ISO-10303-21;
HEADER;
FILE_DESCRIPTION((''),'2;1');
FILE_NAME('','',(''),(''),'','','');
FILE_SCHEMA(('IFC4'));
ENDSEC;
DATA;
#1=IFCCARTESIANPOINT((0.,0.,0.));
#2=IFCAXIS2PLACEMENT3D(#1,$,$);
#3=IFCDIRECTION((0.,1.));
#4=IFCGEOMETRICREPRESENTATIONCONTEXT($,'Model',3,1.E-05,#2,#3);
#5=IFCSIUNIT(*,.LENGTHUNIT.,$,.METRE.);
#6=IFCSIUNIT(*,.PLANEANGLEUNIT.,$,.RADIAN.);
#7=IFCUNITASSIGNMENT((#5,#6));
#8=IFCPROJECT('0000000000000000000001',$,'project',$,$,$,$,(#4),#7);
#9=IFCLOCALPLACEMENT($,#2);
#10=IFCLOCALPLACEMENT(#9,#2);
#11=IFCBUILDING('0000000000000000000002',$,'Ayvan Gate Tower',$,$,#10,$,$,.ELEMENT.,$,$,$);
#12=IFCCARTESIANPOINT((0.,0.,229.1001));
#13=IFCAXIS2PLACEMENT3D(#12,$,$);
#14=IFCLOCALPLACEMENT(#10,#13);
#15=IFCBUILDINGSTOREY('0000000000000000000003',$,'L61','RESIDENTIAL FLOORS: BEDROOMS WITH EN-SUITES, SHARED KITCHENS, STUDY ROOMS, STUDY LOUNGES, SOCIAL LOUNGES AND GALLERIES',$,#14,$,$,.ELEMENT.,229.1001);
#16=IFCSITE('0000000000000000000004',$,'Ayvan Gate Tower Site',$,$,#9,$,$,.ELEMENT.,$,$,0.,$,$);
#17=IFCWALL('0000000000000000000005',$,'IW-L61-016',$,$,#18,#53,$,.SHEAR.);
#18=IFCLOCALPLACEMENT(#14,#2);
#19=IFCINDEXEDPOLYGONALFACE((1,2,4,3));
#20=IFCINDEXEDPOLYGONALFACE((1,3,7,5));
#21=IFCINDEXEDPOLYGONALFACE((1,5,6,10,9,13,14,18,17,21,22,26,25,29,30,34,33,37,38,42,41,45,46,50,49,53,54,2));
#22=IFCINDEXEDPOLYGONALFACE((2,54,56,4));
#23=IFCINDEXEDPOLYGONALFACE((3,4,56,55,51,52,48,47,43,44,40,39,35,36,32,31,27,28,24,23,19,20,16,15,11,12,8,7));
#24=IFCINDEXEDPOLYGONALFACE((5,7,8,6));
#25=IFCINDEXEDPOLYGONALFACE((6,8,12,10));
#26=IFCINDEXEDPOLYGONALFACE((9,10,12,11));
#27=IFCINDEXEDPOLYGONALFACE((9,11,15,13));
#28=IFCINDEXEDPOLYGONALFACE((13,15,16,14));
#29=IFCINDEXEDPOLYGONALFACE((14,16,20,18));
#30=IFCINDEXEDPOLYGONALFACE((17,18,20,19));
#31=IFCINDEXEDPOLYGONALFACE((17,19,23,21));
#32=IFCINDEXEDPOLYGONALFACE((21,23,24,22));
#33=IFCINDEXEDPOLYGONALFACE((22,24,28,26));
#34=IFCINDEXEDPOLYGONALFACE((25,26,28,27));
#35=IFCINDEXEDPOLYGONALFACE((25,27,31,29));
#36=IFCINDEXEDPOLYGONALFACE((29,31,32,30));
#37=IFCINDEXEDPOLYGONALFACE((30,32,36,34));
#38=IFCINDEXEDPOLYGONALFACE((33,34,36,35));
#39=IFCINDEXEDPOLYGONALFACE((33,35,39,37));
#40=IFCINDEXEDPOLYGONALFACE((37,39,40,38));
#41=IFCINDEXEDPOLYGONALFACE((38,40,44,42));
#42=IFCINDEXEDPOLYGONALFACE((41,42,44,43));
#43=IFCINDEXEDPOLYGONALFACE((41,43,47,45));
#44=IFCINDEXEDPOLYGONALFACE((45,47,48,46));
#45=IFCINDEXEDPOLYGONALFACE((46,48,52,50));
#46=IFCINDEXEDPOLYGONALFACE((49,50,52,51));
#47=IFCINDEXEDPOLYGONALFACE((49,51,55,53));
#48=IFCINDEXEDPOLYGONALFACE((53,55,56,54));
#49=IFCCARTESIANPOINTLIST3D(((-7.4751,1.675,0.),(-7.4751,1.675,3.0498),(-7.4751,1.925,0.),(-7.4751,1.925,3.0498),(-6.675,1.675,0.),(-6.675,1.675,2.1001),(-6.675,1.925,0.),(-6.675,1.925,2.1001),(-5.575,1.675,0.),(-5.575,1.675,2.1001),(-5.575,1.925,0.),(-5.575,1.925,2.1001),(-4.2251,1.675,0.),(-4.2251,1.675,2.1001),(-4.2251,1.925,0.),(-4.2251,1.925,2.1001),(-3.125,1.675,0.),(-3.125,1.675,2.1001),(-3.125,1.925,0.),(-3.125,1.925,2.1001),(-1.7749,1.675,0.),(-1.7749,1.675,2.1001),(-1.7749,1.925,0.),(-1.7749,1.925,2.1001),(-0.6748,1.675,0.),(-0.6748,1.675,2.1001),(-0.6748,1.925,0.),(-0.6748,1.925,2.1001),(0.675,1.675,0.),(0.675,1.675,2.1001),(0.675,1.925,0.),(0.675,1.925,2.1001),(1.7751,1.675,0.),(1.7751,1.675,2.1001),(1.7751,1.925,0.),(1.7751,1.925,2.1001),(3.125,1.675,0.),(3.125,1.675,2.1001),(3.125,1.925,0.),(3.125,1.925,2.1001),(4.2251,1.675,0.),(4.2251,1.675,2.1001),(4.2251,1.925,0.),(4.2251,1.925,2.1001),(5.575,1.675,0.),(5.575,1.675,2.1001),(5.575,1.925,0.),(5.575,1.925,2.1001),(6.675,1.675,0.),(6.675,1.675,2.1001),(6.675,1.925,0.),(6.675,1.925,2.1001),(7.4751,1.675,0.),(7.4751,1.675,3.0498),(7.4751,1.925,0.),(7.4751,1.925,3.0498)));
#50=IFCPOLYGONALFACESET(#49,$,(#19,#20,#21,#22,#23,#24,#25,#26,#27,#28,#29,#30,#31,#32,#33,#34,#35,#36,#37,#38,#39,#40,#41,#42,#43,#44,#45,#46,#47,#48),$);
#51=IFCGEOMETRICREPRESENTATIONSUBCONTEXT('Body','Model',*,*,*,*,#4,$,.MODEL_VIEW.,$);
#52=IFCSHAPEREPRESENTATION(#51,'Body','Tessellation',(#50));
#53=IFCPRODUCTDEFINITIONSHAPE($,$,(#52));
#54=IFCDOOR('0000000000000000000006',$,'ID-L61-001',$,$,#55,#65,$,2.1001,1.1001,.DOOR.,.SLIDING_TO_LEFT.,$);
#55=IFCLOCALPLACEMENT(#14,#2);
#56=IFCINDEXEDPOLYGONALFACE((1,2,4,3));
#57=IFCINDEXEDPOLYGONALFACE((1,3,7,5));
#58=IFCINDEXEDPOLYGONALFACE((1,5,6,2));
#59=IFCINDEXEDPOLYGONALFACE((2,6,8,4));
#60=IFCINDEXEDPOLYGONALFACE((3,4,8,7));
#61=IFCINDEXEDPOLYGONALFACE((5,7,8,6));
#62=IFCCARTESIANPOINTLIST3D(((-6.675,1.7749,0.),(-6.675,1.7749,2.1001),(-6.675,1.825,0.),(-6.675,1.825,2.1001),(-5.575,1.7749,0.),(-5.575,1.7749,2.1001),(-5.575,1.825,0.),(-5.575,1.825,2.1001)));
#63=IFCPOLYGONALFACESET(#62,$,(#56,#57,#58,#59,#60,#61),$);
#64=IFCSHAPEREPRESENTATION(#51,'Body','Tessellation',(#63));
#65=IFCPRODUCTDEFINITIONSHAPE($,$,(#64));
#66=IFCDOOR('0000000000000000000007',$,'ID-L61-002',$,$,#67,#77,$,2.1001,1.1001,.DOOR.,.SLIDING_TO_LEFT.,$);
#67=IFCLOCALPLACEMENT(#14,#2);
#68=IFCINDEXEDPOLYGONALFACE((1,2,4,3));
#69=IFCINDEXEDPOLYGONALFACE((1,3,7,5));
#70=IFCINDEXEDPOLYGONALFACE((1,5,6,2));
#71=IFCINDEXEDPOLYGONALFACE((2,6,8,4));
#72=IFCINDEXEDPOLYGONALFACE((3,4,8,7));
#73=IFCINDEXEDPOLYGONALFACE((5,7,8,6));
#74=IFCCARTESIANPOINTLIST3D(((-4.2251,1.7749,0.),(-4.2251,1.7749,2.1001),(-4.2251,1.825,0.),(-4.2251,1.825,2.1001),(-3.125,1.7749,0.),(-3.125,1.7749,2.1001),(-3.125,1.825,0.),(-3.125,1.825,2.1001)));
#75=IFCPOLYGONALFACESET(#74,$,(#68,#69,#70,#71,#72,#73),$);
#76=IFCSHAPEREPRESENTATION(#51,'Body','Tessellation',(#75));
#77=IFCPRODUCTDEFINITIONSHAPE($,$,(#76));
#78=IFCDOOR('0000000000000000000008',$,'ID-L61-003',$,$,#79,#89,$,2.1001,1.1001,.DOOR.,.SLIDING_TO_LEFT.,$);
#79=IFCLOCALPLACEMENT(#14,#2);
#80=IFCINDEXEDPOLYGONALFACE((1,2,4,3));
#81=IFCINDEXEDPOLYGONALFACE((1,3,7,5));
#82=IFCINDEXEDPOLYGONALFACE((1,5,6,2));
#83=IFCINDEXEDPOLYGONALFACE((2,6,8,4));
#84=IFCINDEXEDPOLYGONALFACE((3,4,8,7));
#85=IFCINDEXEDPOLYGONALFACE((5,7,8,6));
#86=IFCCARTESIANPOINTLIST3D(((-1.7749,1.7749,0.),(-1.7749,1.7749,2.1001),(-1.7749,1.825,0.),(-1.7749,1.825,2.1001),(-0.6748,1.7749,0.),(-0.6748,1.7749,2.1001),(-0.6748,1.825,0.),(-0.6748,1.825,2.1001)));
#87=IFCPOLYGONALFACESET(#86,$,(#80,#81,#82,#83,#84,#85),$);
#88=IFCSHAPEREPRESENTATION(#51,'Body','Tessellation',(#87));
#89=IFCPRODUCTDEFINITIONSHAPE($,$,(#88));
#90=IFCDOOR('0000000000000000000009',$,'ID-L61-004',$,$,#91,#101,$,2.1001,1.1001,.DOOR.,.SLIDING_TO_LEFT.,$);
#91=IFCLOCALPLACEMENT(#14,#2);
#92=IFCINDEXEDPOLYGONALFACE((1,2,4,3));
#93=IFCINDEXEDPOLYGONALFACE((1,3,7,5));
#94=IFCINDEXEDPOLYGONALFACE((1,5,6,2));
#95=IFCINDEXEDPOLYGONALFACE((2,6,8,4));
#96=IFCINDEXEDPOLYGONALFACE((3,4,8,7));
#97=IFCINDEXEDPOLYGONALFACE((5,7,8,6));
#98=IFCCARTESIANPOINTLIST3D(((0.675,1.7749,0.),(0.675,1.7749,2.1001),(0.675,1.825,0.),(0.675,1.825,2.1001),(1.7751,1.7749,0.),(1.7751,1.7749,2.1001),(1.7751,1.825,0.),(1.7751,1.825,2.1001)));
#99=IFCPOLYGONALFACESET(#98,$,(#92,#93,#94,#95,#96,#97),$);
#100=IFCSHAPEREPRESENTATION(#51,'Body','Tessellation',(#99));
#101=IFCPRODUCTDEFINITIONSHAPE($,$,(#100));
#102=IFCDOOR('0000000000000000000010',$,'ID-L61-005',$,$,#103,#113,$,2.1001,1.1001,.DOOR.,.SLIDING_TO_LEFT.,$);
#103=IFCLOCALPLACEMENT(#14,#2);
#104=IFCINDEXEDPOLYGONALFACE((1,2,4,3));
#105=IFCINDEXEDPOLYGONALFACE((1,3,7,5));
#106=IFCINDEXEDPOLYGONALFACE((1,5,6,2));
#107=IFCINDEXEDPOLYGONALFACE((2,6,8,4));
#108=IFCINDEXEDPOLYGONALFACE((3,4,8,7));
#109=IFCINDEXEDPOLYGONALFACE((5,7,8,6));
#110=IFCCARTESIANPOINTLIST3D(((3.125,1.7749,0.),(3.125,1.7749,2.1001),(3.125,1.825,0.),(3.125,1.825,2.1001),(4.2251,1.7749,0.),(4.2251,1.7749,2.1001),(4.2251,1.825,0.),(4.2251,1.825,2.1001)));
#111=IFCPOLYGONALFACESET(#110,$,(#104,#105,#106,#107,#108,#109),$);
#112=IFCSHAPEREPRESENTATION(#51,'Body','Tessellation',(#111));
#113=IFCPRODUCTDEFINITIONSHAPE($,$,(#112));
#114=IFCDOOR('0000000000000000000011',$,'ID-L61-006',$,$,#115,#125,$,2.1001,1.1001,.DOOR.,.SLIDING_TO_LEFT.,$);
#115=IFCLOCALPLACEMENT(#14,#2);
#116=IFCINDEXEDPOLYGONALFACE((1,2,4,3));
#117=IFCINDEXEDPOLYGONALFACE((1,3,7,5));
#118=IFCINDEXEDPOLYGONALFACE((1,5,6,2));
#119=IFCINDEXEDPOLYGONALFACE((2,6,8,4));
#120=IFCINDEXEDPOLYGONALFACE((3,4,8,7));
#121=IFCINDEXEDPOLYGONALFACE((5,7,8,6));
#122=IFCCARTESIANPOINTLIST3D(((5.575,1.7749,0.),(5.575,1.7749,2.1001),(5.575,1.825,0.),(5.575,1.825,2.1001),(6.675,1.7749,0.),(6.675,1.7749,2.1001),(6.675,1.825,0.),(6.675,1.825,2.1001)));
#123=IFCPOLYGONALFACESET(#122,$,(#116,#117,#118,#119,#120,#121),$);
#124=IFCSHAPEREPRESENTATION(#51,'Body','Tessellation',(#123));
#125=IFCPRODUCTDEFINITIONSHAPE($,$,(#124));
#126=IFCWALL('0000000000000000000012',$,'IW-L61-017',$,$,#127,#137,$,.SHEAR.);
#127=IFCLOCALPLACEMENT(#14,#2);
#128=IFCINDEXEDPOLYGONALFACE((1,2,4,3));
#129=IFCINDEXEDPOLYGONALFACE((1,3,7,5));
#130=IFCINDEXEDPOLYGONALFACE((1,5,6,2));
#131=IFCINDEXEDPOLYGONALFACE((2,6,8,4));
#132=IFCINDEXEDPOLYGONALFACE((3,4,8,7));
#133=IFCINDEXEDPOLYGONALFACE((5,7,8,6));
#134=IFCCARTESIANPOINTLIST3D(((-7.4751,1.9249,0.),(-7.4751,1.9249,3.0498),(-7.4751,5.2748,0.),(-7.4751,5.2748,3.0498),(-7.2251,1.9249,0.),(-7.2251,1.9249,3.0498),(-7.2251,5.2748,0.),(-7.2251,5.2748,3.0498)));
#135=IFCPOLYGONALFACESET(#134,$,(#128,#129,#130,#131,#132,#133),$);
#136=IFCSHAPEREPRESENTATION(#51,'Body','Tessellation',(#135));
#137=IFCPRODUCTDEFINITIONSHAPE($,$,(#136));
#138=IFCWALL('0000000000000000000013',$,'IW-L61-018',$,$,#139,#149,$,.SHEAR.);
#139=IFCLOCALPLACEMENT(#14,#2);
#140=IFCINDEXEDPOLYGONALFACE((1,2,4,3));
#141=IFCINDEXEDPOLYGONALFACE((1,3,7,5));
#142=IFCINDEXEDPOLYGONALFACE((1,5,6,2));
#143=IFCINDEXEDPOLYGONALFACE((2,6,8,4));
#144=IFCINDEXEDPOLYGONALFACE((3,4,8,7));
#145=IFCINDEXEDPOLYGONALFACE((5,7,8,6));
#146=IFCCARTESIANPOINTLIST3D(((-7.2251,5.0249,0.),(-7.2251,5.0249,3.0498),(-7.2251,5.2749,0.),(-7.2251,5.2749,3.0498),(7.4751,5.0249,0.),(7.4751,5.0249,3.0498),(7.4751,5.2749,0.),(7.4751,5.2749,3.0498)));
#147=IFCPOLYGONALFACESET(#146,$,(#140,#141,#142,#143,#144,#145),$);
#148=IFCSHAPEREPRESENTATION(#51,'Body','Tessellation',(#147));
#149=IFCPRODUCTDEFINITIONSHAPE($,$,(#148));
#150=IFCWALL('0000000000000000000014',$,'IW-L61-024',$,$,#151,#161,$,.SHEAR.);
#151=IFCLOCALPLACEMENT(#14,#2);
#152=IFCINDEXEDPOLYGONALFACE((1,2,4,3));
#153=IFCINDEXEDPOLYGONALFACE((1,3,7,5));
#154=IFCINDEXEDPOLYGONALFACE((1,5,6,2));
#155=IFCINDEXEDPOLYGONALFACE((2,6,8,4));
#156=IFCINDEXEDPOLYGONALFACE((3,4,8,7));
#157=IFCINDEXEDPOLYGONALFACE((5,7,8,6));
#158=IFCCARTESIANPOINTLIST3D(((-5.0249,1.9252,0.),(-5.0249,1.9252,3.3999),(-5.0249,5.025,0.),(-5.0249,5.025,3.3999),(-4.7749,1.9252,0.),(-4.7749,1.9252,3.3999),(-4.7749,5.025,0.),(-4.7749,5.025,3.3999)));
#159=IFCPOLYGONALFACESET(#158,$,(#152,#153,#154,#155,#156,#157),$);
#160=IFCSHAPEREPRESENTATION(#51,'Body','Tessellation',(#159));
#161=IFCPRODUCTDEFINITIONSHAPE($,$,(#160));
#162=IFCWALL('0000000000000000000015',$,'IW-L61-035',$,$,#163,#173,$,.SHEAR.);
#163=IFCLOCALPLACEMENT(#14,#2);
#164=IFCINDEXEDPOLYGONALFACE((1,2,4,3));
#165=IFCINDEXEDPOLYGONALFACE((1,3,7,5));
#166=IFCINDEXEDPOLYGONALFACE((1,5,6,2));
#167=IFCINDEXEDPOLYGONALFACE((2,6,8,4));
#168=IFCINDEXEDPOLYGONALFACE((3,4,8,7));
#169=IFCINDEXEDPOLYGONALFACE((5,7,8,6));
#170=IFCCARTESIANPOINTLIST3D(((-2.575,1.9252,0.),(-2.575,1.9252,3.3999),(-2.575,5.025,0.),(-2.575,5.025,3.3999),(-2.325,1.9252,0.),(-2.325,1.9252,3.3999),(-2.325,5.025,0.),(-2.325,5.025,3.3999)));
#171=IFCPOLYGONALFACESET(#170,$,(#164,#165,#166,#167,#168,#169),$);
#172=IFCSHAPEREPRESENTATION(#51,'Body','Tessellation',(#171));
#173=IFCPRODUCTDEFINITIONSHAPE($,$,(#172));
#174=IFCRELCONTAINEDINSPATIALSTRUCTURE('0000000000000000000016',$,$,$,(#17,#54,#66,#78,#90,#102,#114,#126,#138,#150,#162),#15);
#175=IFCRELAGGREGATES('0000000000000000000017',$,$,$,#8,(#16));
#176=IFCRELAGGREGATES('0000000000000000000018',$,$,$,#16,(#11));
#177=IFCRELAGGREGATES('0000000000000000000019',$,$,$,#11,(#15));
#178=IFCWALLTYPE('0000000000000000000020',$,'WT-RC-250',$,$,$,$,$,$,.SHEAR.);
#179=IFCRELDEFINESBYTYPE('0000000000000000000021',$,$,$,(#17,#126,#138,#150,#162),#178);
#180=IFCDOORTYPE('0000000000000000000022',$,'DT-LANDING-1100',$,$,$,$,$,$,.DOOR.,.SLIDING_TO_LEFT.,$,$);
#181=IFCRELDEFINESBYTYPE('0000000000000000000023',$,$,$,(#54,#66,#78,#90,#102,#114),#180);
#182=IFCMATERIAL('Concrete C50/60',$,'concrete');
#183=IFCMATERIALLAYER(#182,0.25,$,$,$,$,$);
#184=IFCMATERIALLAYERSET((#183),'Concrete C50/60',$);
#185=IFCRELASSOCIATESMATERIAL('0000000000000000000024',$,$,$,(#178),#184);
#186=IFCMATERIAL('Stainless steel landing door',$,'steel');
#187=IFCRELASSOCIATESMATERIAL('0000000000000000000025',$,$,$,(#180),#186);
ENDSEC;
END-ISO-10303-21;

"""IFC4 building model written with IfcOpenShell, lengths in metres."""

from ifc_helpers import new_model, si_unit, direction, frame, frame_2d, origin, place, context, subcontext, project, spatial, rectangle, extrude, material, layer, layer_set, type_object, element, fill, save


model = new_model("IFC4")

# Units and contexts
model_context = context("Model", 3, precision=1e-05, world=origin(), true_north=direction((0.0, 1.0)))
body_context = subcontext(model_context, "Body", "Model", "MODEL_VIEW")
ifc_project = project(units=[si_unit("LENGTHUNIT", "METRE"), si_unit("PLANEANGLEUNIT", "RADIAN")], contexts=[model_context])

# Site, building, storey
site_placement = place(None, origin())
site = spatial("IfcSite", under=ifc_project, at=site_placement, Name="Ayvan Gate Tower Site", CompositionType="ELEMENT", RefElevation=0.0)
building_placement = place(site_placement, origin())
building = spatial("IfcBuilding", under=site, at=building_placement, Name="Ayvan Gate Tower", CompositionType="ELEMENT")
storey_placement = place(building_placement, frame((0.0, 0.0, 229.1001)))
storey = spatial("IfcBuildingStorey", under=building, at=storey_placement, Name="L61", Description="RESIDENTIAL FLOORS: BEDROOMS WITH EN-SUITES, SHARED KITCHENS, STUDY ROOMS, STUDY LOUNGES, SOCIAL LOUNGES AND GALLERIES", CompositionType="ELEMENT", Elevation=229.1001)

# Wall, openings, doors
ifc_material_1 = material(Name="Concrete C50/60", Category="concrete")
ifc_layer_1 = layer(ifc_material_1, 0.25)
ifc_layer_set_1 = layer_set([ifc_layer_1], Name="Concrete C50/60")
wall_type_1 = type_object("IfcWallType", Name="WT-RC-250", PredefinedType="SHEAR", material=ifc_layer_set_1)
wall_1_placement = place(storey_placement, frame((-7.4751, 1.8, 0.0), z_axis=(0.0, 0.0, 1.0), x_axis=(1.0, 0.0, 0.0)))
wall_1 = element("IfcWall", 1, at=wall_1_placement, inside=storey, type_object=wall_type_1, Name="IW-L61-016", PredefinedType="SHEAR", context=body_context, shape_type="SweptSolid", body=[
    extrude(rectangle(XDim=14.9502, YDim=0.25, at=frame_2d((7.4751, 0.0))), origin(), (0.0, 0.0, 1.0), 3.0498),
])
opening_1_placement = place(wall_1_placement, frame((0.8, 0.0, 0.0)))
opening_1 = element("IfcOpeningElement", 2, at=opening_1_placement, cuts=wall_1, PredefinedType="OPENING", context=body_context, shape_type="SweptSolid", body=[
    extrude(rectangle(XDim=1.1001, YDim=2.1001, at=frame_2d((0.55, 1.05))), frame((0.0, 0.135, 0.0), z_axis=(0.0, -1.0, 0.0), x_axis=(1.0, 0.0, 0.0)), (0.0, 0.0, 1.0), 0.27),
])
opening_2_placement = place(wall_1_placement, frame((3.25, 0.0, 0.0)))
opening_2 = element("IfcOpeningElement", 3, at=opening_2_placement, cuts=wall_1, PredefinedType="OPENING", context=body_context, shape_type="SweptSolid", body=[
    extrude(rectangle(XDim=1.1001, YDim=2.1001, at=frame_2d((0.55, 1.05))), frame((0.0, 0.135, 0.0), z_axis=(0.0, -1.0, 0.0), x_axis=(1.0, 0.0, 0.0)), (0.0, 0.0, 1.0), 0.27),
])
opening_3_placement = place(wall_1_placement, frame((5.7002, 0.0, 0.0)))
opening_3 = element("IfcOpeningElement", 4, at=opening_3_placement, cuts=wall_1, PredefinedType="OPENING", context=body_context, shape_type="SweptSolid", body=[
    extrude(rectangle(XDim=1.1001, YDim=2.1001, at=frame_2d((0.55, 1.05))), frame((0.0, 0.135, 0.0), z_axis=(0.0, -1.0, 0.0), x_axis=(1.0, 0.0, 0.0)), (0.0, 0.0, 1.0), 0.27),
])
opening_4_placement = place(wall_1_placement, frame((8.1501, 0.0, 0.0)))
opening_4 = element("IfcOpeningElement", 5, at=opening_4_placement, cuts=wall_1, PredefinedType="OPENING", context=body_context, shape_type="SweptSolid", body=[
    extrude(rectangle(XDim=1.1001, YDim=2.1001, at=frame_2d((0.55, 1.05))), frame((0.0, 0.135, 0.0), z_axis=(0.0, -1.0, 0.0), x_axis=(1.0, 0.0, 0.0)), (0.0, 0.0, 1.0), 0.27),
])
opening_5_placement = place(wall_1_placement, frame((10.6001, 0.0, 0.0)))
opening_5 = element("IfcOpeningElement", 6, at=opening_5_placement, cuts=wall_1, PredefinedType="OPENING", context=body_context, shape_type="SweptSolid", body=[
    extrude(rectangle(XDim=1.1001, YDim=2.1001, at=frame_2d((0.55, 1.05))), frame((0.0, 0.135, 0.0), z_axis=(0.0, -1.0, 0.0), x_axis=(1.0, 0.0, 0.0)), (0.0, 0.0, 1.0), 0.27),
])
opening_6_placement = place(wall_1_placement, frame((13.05, 0.0, 0.0)))
opening_6 = element("IfcOpeningElement", 7, at=opening_6_placement, cuts=wall_1, PredefinedType="OPENING", context=body_context, shape_type="SweptSolid", body=[
    extrude(rectangle(XDim=1.1001, YDim=2.1001, at=frame_2d((0.55, 1.05))), frame((0.0, 0.135, 0.0), z_axis=(0.0, -1.0, 0.0), x_axis=(1.0, 0.0, 0.0)), (0.0, 0.0, 1.0), 0.27),
])
ifc_material_2 = material(Name="Stainless steel landing door", Category="steel")
door_type_1 = type_object("IfcDoorType", Name="DT-LANDING-1100", OperationType="SLIDING_TO_LEFT", PredefinedType="DOOR", material=ifc_material_2)
door_1_placement = place(opening_1_placement, origin())
door_1 = element("IfcDoor", 8, at=door_1_placement, inside=storey, type_object=door_type_1, Name="ID-L61-001", OperationType="SLIDING_TO_LEFT", OverallHeight=2.1001, OverallWidth=1.1001, PredefinedType="DOOR", context=body_context, shape_type="SweptSolid", body=[
    extrude(rectangle(XDim=1.1001, YDim=2.1001, at=frame_2d((0.55, 1.05))), frame((0.0, 0.0249, 0.0), z_axis=(0.0, -1.0, 0.0), x_axis=(1.0, 0.0, 0.0)), (0.0, 0.0, 1.0), 0.05),
])
fill(opening_1, door_1)
door_2_placement = place(opening_2_placement, origin())
door_2 = element("IfcDoor", 9, at=door_2_placement, inside=storey, type_object=door_type_1, Name="ID-L61-002", OperationType="SLIDING_TO_LEFT", OverallHeight=2.1001, OverallWidth=1.1001, PredefinedType="DOOR", context=body_context, shape_type="SweptSolid", body=[
    extrude(rectangle(XDim=1.1001, YDim=2.1001, at=frame_2d((0.55, 1.05))), frame((0.0, 0.0249, 0.0), z_axis=(0.0, -1.0, 0.0), x_axis=(1.0, 0.0, 0.0)), (0.0, 0.0, 1.0), 0.05),
])
fill(opening_2, door_2)
door_3_placement = place(opening_3_placement, origin())
door_3 = element("IfcDoor", 10, at=door_3_placement, inside=storey, type_object=door_type_1, Name="ID-L61-003", OperationType="SLIDING_TO_LEFT", OverallHeight=2.1001, OverallWidth=1.1001, PredefinedType="DOOR", context=body_context, shape_type="SweptSolid", body=[
    extrude(rectangle(XDim=1.1001, YDim=2.1001, at=frame_2d((0.55, 1.05))), frame((0.0, 0.0249, 0.0), z_axis=(0.0, -1.0, 0.0), x_axis=(1.0, 0.0, 0.0)), (0.0, 0.0, 1.0), 0.05),
])
fill(opening_3, door_3)
door_4_placement = place(opening_4_placement, origin())
door_4 = element("IfcDoor", 11, at=door_4_placement, inside=storey, type_object=door_type_1, Name="ID-L61-004", OperationType="SLIDING_TO_LEFT", OverallHeight=2.1001, OverallWidth=1.1001, PredefinedType="DOOR", context=body_context, shape_type="SweptSolid", body=[
    extrude(rectangle(XDim=1.1001, YDim=2.1001, at=frame_2d((0.55, 1.05))), frame((0.0, 0.0249, 0.0), z_axis=(0.0, -1.0, 0.0), x_axis=(1.0, 0.0, 0.0)), (0.0, 0.0, 1.0), 0.05),
])
fill(opening_4, door_4)
door_5_placement = place(opening_5_placement, origin())
door_5 = element("IfcDoor", 12, at=door_5_placement, inside=storey, type_object=door_type_1, Name="ID-L61-005", OperationType="SLIDING_TO_LEFT", OverallHeight=2.1001, OverallWidth=1.1001, PredefinedType="DOOR", context=body_context, shape_type="SweptSolid", body=[
    extrude(rectangle(XDim=1.1001, YDim=2.1001, at=frame_2d((0.55, 1.05))), frame((0.0, 0.0249, 0.0), z_axis=(0.0, -1.0, 0.0), x_axis=(1.0, 0.0, 0.0)), (0.0, 0.0, 1.0), 0.05),
])
fill(opening_5, door_5)
door_6_placement = place(opening_6_placement, origin())
door_6 = element("IfcDoor", 13, at=door_6_placement, inside=storey, type_object=door_type_1, Name="ID-L61-006", OperationType="SLIDING_TO_LEFT", OverallHeight=2.1001, OverallWidth=1.1001, PredefinedType="DOOR", context=body_context, shape_type="SweptSolid", body=[
    extrude(rectangle(XDim=1.1001, YDim=2.1001, at=frame_2d((0.55, 1.05))), frame((0.0, 0.0249, 0.0), z_axis=(0.0, -1.0, 0.0), x_axis=(1.0, 0.0, 0.0)), (0.0, 0.0, 1.0), 0.05),
])
fill(opening_6, door_6)

# Walls
wall_2_placement = place(storey_placement, frame((-7.3501, 1.925, 0.0), z_axis=(0.0, 0.0, 1.0), x_axis=(0.0, 1.0, 0.0)))
element("IfcWall", 14, at=wall_2_placement, inside=storey, type_object=wall_type_1, Name="IW-L61-017", PredefinedType="SHEAR", context=body_context, shape_type="SweptSolid", body=[
    extrude(rectangle(XDim=3.3499, YDim=0.25, at=frame_2d((1.6748, 0.0))), origin(), (0.0, 0.0, 1.0), 3.0498),
])
wall_3_placement = place(storey_placement, frame((-7.2251, 5.1499, 0.0), z_axis=(0.0, 0.0, 1.0), x_axis=(1.0, 0.0, 0.0)))
element("IfcWall", 15, at=wall_3_placement, inside=storey, type_object=wall_type_1, Name="IW-L61-018", PredefinedType="SHEAR", context=body_context, shape_type="SweptSolid", body=[
    extrude(rectangle(XDim=14.7002, YDim=0.25, at=frame_2d((7.3501, 0.0))), origin(), (0.0, 0.0, 1.0), 3.0498),
])
for number, where, z_axis, x_axis, name in (
    (16, (-4.8999, 5.0249, 0.0), (0.0, 0.0, 1.0), (0.0, -1.0, 0.0), "IW-L61-024"),
    (17, (-2.45, 5.0249, 0.0), (0.0, 0.0, 1.0), (0.0, -1.0, 0.0), "IW-L61-035"),
):
    element("IfcWall", number, at=place(storey_placement, frame(where, z_axis=z_axis, x_axis=x_axis)), inside=storey, type_object=wall_type_1, Name=name, PredefinedType="SHEAR", context=body_context, shape_type="SweptSolid", body=[
        extrude(rectangle(XDim=3.0999, YDim=0.25, at=frame_2d((1.5498, 0.0))), origin(), (0.0, 0.0, 1.0), 3.3999),
    ])

save(model, "model.ifc")
